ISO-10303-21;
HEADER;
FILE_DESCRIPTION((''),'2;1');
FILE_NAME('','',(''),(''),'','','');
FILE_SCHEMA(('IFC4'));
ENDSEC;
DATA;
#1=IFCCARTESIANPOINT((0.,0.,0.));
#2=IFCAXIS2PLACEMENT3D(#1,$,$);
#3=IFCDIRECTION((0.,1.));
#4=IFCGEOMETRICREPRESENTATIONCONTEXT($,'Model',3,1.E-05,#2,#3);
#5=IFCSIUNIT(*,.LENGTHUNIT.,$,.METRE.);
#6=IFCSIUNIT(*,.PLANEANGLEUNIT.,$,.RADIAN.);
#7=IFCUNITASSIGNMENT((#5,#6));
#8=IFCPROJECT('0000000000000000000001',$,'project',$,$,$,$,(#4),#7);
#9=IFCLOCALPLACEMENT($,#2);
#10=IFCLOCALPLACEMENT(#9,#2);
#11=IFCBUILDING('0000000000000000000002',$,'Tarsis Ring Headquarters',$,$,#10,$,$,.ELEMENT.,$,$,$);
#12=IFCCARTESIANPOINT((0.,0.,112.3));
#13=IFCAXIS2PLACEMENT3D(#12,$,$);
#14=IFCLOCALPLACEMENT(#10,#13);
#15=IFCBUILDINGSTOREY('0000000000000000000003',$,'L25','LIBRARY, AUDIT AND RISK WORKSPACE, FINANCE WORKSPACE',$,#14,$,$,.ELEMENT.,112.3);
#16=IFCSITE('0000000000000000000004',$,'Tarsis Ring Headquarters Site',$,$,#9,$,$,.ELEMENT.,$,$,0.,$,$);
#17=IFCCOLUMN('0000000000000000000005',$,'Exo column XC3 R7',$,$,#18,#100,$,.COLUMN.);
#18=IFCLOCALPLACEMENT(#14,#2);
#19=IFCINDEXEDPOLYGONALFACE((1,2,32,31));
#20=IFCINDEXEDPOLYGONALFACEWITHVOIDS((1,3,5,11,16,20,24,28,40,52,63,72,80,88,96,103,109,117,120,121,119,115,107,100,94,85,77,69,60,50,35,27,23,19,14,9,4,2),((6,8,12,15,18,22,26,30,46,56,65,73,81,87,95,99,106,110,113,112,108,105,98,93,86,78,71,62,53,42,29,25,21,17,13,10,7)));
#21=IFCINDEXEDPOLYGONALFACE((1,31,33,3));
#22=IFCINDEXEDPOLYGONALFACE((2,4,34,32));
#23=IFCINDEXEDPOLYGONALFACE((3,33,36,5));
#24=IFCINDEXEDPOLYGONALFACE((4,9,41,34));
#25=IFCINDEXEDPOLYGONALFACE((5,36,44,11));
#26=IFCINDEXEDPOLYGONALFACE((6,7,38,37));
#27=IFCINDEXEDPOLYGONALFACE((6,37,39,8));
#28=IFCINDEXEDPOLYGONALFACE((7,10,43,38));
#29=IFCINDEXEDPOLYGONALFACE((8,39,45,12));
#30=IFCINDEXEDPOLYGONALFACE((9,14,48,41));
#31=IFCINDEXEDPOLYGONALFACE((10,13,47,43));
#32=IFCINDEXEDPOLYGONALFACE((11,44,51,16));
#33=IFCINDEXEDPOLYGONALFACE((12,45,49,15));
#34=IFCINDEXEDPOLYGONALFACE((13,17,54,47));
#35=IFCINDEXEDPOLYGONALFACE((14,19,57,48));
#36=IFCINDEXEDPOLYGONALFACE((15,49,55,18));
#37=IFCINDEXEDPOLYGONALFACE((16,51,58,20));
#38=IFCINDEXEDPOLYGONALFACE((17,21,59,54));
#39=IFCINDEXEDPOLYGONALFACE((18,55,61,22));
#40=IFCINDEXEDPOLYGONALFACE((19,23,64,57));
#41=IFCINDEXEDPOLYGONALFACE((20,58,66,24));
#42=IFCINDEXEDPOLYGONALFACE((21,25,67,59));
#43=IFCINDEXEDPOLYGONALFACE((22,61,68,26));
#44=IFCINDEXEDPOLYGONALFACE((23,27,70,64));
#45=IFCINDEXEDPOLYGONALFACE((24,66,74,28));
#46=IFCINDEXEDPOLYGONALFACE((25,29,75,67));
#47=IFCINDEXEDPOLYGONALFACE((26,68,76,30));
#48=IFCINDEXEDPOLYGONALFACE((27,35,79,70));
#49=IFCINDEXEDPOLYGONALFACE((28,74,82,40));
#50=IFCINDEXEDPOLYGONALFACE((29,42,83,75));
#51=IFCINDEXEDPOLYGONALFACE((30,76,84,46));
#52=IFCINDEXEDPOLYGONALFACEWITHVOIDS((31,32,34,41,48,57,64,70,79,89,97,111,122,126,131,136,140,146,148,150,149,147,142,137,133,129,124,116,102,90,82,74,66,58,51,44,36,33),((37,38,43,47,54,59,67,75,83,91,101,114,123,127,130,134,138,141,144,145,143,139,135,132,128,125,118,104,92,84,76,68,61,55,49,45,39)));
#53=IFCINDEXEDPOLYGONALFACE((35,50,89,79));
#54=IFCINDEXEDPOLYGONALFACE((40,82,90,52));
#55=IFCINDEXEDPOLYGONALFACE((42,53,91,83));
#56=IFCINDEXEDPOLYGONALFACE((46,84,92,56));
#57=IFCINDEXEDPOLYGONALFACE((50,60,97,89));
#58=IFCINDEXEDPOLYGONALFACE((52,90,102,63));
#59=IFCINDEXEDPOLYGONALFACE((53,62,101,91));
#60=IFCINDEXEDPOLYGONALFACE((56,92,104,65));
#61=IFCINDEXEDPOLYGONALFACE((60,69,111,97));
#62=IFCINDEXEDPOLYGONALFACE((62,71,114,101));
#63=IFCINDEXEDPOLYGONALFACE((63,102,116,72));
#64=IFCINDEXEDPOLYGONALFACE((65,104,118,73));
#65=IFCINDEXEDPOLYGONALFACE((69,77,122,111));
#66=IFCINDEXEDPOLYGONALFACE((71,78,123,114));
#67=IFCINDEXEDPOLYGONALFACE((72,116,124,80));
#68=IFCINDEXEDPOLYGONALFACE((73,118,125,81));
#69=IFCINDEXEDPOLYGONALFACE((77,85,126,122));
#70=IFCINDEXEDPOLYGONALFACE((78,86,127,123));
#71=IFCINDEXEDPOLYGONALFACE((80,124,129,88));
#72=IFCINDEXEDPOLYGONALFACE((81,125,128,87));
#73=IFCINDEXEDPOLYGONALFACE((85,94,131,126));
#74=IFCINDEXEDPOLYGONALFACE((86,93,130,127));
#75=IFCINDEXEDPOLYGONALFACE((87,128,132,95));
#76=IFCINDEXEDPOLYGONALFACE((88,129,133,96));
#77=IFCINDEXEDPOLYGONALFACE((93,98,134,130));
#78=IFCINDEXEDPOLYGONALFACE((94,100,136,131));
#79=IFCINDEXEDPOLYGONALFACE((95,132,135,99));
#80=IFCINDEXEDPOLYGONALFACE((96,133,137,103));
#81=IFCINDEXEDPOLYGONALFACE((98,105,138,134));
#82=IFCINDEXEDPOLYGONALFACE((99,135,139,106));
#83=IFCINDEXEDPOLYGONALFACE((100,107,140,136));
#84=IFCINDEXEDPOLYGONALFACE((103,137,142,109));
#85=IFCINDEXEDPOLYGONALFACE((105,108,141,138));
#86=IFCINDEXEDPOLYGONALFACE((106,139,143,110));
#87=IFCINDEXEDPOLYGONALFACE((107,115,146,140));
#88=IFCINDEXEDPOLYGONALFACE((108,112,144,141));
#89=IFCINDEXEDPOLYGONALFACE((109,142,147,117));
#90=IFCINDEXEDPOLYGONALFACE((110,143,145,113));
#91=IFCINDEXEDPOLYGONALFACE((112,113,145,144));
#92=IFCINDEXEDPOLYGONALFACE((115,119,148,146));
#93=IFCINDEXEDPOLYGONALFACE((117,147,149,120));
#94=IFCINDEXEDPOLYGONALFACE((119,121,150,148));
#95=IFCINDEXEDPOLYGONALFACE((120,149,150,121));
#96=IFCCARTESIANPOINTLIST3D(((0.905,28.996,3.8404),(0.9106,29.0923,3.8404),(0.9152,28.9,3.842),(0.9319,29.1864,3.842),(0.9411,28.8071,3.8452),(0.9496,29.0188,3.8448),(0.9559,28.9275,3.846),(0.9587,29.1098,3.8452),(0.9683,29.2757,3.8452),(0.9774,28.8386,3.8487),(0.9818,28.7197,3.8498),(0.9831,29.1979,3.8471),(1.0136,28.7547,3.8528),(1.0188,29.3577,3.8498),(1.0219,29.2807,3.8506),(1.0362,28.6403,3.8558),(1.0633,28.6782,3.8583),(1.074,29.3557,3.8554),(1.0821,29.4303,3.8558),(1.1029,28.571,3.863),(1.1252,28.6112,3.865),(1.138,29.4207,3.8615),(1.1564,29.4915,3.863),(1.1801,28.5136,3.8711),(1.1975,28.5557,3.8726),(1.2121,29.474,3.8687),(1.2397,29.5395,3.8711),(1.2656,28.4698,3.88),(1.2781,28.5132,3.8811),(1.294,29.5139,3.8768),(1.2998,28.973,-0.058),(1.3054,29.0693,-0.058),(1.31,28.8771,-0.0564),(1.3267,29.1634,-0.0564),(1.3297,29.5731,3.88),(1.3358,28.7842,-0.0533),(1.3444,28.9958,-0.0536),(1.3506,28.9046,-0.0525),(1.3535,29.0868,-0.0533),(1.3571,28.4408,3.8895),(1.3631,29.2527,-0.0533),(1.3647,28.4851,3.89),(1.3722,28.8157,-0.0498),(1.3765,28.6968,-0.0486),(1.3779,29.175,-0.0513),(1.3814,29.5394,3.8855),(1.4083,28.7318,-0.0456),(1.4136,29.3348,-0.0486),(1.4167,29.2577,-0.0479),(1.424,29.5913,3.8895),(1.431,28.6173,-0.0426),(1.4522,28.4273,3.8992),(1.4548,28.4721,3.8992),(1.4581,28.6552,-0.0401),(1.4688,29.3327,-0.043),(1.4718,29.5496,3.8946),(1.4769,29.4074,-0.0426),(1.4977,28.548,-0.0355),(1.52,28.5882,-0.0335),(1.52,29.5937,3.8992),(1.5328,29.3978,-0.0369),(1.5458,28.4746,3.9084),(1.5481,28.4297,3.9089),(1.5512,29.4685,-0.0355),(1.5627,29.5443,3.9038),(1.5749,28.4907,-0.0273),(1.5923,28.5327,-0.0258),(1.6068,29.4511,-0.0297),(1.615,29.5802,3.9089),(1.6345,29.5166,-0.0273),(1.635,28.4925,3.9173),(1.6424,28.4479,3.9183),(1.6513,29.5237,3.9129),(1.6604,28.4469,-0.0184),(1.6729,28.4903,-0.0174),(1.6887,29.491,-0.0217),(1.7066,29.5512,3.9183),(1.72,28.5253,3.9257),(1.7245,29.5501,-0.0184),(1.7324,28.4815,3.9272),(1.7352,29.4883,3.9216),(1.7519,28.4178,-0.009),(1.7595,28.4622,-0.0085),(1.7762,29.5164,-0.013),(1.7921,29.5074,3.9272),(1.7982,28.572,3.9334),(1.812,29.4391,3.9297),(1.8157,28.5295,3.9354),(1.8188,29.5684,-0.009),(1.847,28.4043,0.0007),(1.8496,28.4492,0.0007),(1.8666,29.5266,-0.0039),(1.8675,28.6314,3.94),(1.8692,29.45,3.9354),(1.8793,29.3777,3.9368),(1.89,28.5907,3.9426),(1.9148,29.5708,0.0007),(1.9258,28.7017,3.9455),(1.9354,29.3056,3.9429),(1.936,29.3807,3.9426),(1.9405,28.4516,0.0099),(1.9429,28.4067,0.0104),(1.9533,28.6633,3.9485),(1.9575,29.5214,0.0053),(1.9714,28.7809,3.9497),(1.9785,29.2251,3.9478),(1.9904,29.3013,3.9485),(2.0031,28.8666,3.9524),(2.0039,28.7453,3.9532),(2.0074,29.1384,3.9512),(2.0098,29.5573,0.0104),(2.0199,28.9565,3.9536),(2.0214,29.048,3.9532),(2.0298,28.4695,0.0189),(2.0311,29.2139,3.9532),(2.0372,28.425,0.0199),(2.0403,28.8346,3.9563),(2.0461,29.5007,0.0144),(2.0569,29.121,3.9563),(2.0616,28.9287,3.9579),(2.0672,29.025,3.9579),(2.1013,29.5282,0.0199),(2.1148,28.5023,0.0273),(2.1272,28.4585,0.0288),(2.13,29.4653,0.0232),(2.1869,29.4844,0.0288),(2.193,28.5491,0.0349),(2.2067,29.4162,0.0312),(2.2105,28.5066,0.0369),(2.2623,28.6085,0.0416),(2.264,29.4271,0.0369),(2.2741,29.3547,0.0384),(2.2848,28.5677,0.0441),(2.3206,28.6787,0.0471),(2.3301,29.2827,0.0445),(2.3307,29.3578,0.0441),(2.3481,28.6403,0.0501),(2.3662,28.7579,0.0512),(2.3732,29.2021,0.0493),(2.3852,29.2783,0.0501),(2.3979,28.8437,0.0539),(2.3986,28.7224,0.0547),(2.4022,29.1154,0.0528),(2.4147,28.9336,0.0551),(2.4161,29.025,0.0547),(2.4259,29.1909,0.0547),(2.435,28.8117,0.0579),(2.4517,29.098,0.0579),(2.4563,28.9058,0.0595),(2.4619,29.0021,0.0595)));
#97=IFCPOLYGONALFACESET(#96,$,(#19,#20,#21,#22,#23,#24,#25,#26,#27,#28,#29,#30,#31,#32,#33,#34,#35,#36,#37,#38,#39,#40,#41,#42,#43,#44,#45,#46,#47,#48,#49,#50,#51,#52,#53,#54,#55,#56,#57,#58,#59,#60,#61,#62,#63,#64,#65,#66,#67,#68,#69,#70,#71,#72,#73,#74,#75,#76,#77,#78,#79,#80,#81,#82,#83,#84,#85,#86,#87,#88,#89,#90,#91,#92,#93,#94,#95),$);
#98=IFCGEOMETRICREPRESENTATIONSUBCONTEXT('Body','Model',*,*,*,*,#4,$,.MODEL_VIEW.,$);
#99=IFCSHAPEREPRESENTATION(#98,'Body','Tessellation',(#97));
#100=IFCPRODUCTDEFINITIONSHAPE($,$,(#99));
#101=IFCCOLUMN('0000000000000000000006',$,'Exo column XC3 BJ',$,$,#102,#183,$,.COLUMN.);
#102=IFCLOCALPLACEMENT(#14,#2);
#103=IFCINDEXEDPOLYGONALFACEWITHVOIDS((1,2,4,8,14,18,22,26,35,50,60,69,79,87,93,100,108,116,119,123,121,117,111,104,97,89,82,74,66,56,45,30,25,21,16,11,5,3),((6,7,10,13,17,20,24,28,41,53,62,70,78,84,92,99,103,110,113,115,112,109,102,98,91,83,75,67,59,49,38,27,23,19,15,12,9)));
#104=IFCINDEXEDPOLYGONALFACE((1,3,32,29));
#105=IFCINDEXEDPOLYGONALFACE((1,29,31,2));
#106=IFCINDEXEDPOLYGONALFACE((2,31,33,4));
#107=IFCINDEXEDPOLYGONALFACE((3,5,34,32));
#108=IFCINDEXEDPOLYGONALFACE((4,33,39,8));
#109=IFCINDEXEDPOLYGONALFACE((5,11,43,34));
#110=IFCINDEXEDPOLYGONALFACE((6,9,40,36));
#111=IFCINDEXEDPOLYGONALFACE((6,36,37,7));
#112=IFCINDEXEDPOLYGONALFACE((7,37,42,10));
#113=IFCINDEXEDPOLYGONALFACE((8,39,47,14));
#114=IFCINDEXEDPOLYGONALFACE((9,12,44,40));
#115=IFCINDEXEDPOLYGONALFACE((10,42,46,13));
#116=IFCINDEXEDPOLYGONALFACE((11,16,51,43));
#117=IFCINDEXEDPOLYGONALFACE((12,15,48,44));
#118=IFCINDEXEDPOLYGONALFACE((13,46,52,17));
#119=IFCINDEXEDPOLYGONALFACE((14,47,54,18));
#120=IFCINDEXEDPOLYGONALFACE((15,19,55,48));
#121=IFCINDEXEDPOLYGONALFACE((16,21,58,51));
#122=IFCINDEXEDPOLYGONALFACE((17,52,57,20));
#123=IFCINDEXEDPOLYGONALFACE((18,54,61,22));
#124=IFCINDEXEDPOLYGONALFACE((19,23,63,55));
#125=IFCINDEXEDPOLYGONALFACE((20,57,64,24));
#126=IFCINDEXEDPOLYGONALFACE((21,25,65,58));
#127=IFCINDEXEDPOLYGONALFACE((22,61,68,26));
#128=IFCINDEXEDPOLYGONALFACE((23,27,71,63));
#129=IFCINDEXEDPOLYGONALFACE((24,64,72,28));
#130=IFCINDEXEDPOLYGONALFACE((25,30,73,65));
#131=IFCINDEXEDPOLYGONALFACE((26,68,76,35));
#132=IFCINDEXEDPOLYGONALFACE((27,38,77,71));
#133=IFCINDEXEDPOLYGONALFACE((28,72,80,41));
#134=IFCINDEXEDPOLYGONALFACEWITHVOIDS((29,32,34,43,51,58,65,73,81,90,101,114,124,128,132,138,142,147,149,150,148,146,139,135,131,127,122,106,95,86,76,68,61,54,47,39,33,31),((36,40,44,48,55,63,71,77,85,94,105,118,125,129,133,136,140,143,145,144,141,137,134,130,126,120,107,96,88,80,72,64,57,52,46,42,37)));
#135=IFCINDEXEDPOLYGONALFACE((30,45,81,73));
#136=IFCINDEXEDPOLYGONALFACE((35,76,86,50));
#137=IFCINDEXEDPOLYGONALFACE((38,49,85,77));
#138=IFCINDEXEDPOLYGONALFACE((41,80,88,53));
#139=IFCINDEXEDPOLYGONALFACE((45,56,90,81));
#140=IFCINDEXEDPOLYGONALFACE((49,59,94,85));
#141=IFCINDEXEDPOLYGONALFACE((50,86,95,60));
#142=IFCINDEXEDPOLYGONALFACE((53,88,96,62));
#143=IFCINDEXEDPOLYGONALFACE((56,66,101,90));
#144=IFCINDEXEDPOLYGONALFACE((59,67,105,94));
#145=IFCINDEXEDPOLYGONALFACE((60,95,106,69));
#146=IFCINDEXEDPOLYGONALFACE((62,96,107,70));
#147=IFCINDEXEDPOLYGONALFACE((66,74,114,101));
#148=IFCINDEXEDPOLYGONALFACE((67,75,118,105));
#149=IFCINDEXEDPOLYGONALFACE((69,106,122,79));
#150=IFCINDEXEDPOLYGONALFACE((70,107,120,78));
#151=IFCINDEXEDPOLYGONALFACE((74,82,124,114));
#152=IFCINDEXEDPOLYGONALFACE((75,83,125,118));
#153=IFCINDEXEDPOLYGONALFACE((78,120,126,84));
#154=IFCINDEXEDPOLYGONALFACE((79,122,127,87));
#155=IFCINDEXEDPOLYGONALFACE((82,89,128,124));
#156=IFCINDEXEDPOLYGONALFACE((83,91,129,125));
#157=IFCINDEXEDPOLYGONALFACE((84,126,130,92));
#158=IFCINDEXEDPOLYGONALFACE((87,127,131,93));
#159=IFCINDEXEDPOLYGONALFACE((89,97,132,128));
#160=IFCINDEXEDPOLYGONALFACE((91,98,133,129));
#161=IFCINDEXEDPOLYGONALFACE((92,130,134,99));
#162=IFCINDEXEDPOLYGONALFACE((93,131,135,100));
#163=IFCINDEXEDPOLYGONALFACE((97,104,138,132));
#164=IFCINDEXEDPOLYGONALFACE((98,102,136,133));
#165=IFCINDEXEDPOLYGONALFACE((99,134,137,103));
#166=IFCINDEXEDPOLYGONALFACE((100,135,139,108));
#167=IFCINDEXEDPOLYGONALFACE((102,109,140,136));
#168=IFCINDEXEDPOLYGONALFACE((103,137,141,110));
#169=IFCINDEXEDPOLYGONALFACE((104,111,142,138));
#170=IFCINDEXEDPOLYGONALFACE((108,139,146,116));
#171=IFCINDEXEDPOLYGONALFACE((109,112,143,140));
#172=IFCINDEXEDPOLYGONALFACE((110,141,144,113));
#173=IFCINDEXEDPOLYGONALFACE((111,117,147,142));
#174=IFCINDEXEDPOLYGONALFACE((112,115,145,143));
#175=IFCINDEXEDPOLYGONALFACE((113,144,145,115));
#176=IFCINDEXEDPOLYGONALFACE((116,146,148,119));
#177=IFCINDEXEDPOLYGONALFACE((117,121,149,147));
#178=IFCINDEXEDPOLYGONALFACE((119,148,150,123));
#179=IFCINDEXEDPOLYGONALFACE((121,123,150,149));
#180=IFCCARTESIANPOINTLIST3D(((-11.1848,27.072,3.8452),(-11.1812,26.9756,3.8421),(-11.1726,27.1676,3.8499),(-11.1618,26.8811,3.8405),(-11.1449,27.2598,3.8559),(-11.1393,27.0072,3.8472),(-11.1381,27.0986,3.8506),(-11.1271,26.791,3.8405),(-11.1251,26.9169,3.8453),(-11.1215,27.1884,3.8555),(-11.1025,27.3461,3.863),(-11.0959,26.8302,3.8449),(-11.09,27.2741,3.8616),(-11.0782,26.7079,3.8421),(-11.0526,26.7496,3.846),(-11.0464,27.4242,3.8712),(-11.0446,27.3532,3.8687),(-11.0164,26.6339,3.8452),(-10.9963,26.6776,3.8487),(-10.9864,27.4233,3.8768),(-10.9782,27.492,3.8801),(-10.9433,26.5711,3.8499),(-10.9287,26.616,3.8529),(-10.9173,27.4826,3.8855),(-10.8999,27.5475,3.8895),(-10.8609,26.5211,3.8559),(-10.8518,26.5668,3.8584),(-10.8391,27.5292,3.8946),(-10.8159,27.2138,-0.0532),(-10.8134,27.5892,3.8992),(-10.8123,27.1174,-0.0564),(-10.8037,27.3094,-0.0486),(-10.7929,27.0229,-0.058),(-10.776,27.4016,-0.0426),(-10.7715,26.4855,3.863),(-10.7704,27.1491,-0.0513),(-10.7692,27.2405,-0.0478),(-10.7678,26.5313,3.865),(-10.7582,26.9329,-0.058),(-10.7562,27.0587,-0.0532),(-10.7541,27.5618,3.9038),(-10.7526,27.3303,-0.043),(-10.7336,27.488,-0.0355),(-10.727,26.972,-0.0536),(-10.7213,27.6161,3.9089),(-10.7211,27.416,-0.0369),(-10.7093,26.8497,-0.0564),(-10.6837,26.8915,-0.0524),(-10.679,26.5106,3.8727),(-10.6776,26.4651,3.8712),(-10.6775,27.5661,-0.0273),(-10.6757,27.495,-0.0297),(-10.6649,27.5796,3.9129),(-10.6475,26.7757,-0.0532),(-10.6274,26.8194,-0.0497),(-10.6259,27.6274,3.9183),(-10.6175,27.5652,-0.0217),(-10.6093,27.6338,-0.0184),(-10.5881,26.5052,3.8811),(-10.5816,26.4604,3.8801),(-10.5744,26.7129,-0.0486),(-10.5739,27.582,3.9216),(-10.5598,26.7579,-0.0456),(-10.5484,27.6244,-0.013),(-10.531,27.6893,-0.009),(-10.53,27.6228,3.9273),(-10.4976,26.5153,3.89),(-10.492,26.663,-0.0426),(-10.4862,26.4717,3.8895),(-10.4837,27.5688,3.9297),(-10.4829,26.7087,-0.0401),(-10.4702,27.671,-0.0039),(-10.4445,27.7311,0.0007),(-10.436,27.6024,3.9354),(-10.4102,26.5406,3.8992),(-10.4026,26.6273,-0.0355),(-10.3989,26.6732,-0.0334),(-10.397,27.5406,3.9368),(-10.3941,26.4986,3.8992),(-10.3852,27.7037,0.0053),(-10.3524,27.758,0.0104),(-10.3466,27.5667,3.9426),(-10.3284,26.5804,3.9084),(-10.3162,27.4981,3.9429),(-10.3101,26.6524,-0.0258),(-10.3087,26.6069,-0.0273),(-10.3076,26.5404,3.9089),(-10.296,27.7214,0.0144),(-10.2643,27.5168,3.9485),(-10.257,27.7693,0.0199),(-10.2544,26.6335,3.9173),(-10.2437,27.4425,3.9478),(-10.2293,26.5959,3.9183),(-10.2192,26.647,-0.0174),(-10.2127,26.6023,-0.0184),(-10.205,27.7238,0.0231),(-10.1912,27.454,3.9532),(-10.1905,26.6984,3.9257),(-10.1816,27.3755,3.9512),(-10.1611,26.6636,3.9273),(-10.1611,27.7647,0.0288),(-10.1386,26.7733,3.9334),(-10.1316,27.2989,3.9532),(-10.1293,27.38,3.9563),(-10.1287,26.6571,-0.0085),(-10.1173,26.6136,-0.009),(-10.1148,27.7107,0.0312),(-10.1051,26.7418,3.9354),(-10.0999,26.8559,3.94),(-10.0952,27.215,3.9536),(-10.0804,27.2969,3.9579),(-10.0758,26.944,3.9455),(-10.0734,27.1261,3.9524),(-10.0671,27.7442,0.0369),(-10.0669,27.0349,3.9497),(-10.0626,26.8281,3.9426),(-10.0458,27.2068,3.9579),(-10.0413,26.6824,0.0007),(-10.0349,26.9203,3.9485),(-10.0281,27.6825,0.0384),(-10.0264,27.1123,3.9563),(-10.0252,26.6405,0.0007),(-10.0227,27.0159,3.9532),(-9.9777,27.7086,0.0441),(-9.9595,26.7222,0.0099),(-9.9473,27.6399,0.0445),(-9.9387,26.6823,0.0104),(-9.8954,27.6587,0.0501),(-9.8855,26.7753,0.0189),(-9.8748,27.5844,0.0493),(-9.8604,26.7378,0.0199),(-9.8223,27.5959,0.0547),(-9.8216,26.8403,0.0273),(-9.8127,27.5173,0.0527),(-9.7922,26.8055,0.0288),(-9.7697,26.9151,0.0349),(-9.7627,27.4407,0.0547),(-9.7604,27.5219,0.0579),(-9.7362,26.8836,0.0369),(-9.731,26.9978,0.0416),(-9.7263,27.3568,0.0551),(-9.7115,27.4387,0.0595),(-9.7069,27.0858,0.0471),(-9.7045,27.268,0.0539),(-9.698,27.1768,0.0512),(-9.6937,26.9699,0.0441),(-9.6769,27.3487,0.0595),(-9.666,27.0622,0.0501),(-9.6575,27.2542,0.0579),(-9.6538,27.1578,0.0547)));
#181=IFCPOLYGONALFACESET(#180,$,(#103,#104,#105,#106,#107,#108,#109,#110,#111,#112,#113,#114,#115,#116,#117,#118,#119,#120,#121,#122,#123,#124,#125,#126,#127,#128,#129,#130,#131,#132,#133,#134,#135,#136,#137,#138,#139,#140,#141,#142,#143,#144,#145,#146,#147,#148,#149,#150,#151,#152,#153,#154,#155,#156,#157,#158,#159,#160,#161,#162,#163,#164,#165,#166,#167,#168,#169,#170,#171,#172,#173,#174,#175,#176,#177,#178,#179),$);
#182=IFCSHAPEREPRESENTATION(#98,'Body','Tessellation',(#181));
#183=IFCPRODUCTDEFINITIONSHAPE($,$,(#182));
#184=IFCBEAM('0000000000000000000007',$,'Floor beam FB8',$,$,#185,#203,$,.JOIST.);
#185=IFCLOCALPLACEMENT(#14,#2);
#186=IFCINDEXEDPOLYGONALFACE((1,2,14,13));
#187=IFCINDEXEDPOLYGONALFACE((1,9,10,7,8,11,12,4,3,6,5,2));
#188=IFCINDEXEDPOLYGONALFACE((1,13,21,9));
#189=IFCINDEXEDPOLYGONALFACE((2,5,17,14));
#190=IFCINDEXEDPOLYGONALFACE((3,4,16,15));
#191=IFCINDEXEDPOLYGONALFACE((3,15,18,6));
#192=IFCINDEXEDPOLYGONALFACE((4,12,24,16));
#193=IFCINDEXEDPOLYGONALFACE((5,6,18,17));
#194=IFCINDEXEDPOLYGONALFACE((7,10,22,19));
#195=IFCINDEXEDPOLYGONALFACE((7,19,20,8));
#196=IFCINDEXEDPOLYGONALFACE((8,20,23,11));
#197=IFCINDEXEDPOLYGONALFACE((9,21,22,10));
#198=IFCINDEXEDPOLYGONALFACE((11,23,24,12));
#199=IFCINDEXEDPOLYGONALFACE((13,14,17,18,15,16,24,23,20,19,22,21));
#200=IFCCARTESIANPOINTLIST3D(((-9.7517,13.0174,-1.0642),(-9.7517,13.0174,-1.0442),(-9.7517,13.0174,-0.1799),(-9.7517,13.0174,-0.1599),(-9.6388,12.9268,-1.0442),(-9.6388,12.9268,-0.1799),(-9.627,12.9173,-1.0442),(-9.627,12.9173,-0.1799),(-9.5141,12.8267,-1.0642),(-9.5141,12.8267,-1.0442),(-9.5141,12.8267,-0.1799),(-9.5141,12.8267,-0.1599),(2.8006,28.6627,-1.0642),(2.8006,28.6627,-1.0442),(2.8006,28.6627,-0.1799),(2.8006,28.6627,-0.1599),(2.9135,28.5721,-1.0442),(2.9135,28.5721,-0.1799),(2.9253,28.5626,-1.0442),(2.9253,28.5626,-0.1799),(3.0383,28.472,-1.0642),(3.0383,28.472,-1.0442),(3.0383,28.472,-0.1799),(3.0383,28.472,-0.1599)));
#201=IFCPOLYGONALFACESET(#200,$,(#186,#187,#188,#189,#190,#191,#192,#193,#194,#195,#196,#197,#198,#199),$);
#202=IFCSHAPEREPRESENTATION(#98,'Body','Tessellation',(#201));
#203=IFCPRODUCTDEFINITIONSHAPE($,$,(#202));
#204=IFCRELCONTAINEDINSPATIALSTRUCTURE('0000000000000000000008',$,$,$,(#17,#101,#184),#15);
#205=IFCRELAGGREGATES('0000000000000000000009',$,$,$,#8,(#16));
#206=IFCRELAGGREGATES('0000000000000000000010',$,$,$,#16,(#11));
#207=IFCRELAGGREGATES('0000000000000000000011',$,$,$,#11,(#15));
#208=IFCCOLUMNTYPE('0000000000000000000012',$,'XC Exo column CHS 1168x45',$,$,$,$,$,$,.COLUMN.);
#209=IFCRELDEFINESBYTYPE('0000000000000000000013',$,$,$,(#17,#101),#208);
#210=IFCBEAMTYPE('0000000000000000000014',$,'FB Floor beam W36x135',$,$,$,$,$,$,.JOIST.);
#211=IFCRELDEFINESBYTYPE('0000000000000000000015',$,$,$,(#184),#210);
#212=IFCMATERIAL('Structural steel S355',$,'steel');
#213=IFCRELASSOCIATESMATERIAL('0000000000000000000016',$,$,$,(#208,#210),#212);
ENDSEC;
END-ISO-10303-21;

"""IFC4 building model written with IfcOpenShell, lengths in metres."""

from ifc_helpers import new_model, si_unit, direction, frame, origin, origin_2d, place, context, subcontext, project, spatial, hollow_circle, i_section, extrude, material, material_profile, profile_set, type_object, element, save


model = new_model("IFC4")

# Units and contexts
model_context = context("Model", 3, precision=1e-05, world=origin(), true_north=direction((0.0, 1.0)))
body_context = subcontext(model_context, "Body", "Model", "MODEL_VIEW")
ifc_project = project(units=[si_unit("LENGTHUNIT", "METRE"), si_unit("PLANEANGLEUNIT", "RADIAN")], contexts=[model_context])

# Site, building, storey
site_placement = place(None, origin())
site = spatial("IfcSite", under=ifc_project, at=site_placement, Name="Tarsis Ring Headquarters Site", CompositionType="ELEMENT", RefElevation=0.0)
building_placement = place(site_placement, origin())
building = spatial("IfcBuilding", under=site, at=building_placement, Name="Tarsis Ring Headquarters", CompositionType="ELEMENT")
storey_placement = place(building_placement, frame((0.0, 0.0, 112.3)))
storey = spatial("IfcBuildingStorey", under=building, at=storey_placement, Name="L25", Description="LIBRARY, AUDIT AND RISK WORKSPACE, FINANCE WORKSPACE", CompositionType="ELEMENT", Elevation=112.3)

# Columns
ifc_material_1 = material(Name="Structural steel S355", Category="steel")
ifc_material_profile_1 = material_profile(ifc_material_1, hollow_circle(Radius=0.5842, WallThickness=0.0449, at=origin_2d()), Name="CHS 1168x45")
ifc_profile_set_1 = profile_set([ifc_material_profile_1], Name="Structural steel S355")
column_type = type_object("IfcColumnType", Name="XC Exo column CHS 1168x45", PredefinedType="COLUMN", material=ifc_profile_set_1)
for number, where, z_axis, x_axis, name in (
    (1, (1.8809, 28.9875, 0.0007), (-0.100748, 0.005857, 0.994895), (-0.058034, -0.998315, 0.0), "Exo column XC3 R7"),
    (2, (-10.2349, 27.1858, 0.0007), (-0.094144, -0.0362, 0.9949), (0.358896, -0.933377, 0.0), "Exo column XC3 BJ"),
):
    element("IfcColumn", number, at=place(storey_placement, frame(where, z_axis=z_axis, x_axis=x_axis)), inside=storey, type_object=column_type, Name=name, PredefinedType="COLUMN", context=body_context, shape_type="SweptSolid", body=[
        extrude(hollow_circle(Radius=0.5842, WallThickness=0.0449, at=origin_2d()), origin(), (0.0, 0.0, 1.0), 3.9185),
    ])

# Beam
ifc_material_profile_2 = material_profile(ifc_material_1, i_section(OverallWidth=0.3047, OverallDepth=0.9043, WebThickness=0.0151, FlangeThickness=0.02, at=origin_2d()), Name="W36x135")
ifc_profile_set_2 = profile_set([ifc_material_profile_2], Name="Structural steel S355")
beam_type_1 = type_object("IfcBeamType", Name="FB Floor beam W36x135", PredefinedType="JOIST", material=ifc_profile_set_2)
beam_1_placement = place(storey_placement, frame((2.9194, 28.5674, -0.6121), z_axis=(-0.62579, -0.779992, 0.0), x_axis=(0.779992, -0.62579, 0.0)))
element("IfcBeam", 3, at=beam_1_placement, inside=storey, type_object=beam_type_1, Name="Floor beam FB8", PredefinedType="JOIST", context=body_context, shape_type="SweptSolid", body=[
    extrude(i_section(OverallWidth=0.3047, OverallDepth=0.9043, WebThickness=0.0151, FlangeThickness=0.02, at=origin_2d()), origin(), (0.0, 0.0, 1.0), 20.0583),
])

save(model, "model.ifc")
